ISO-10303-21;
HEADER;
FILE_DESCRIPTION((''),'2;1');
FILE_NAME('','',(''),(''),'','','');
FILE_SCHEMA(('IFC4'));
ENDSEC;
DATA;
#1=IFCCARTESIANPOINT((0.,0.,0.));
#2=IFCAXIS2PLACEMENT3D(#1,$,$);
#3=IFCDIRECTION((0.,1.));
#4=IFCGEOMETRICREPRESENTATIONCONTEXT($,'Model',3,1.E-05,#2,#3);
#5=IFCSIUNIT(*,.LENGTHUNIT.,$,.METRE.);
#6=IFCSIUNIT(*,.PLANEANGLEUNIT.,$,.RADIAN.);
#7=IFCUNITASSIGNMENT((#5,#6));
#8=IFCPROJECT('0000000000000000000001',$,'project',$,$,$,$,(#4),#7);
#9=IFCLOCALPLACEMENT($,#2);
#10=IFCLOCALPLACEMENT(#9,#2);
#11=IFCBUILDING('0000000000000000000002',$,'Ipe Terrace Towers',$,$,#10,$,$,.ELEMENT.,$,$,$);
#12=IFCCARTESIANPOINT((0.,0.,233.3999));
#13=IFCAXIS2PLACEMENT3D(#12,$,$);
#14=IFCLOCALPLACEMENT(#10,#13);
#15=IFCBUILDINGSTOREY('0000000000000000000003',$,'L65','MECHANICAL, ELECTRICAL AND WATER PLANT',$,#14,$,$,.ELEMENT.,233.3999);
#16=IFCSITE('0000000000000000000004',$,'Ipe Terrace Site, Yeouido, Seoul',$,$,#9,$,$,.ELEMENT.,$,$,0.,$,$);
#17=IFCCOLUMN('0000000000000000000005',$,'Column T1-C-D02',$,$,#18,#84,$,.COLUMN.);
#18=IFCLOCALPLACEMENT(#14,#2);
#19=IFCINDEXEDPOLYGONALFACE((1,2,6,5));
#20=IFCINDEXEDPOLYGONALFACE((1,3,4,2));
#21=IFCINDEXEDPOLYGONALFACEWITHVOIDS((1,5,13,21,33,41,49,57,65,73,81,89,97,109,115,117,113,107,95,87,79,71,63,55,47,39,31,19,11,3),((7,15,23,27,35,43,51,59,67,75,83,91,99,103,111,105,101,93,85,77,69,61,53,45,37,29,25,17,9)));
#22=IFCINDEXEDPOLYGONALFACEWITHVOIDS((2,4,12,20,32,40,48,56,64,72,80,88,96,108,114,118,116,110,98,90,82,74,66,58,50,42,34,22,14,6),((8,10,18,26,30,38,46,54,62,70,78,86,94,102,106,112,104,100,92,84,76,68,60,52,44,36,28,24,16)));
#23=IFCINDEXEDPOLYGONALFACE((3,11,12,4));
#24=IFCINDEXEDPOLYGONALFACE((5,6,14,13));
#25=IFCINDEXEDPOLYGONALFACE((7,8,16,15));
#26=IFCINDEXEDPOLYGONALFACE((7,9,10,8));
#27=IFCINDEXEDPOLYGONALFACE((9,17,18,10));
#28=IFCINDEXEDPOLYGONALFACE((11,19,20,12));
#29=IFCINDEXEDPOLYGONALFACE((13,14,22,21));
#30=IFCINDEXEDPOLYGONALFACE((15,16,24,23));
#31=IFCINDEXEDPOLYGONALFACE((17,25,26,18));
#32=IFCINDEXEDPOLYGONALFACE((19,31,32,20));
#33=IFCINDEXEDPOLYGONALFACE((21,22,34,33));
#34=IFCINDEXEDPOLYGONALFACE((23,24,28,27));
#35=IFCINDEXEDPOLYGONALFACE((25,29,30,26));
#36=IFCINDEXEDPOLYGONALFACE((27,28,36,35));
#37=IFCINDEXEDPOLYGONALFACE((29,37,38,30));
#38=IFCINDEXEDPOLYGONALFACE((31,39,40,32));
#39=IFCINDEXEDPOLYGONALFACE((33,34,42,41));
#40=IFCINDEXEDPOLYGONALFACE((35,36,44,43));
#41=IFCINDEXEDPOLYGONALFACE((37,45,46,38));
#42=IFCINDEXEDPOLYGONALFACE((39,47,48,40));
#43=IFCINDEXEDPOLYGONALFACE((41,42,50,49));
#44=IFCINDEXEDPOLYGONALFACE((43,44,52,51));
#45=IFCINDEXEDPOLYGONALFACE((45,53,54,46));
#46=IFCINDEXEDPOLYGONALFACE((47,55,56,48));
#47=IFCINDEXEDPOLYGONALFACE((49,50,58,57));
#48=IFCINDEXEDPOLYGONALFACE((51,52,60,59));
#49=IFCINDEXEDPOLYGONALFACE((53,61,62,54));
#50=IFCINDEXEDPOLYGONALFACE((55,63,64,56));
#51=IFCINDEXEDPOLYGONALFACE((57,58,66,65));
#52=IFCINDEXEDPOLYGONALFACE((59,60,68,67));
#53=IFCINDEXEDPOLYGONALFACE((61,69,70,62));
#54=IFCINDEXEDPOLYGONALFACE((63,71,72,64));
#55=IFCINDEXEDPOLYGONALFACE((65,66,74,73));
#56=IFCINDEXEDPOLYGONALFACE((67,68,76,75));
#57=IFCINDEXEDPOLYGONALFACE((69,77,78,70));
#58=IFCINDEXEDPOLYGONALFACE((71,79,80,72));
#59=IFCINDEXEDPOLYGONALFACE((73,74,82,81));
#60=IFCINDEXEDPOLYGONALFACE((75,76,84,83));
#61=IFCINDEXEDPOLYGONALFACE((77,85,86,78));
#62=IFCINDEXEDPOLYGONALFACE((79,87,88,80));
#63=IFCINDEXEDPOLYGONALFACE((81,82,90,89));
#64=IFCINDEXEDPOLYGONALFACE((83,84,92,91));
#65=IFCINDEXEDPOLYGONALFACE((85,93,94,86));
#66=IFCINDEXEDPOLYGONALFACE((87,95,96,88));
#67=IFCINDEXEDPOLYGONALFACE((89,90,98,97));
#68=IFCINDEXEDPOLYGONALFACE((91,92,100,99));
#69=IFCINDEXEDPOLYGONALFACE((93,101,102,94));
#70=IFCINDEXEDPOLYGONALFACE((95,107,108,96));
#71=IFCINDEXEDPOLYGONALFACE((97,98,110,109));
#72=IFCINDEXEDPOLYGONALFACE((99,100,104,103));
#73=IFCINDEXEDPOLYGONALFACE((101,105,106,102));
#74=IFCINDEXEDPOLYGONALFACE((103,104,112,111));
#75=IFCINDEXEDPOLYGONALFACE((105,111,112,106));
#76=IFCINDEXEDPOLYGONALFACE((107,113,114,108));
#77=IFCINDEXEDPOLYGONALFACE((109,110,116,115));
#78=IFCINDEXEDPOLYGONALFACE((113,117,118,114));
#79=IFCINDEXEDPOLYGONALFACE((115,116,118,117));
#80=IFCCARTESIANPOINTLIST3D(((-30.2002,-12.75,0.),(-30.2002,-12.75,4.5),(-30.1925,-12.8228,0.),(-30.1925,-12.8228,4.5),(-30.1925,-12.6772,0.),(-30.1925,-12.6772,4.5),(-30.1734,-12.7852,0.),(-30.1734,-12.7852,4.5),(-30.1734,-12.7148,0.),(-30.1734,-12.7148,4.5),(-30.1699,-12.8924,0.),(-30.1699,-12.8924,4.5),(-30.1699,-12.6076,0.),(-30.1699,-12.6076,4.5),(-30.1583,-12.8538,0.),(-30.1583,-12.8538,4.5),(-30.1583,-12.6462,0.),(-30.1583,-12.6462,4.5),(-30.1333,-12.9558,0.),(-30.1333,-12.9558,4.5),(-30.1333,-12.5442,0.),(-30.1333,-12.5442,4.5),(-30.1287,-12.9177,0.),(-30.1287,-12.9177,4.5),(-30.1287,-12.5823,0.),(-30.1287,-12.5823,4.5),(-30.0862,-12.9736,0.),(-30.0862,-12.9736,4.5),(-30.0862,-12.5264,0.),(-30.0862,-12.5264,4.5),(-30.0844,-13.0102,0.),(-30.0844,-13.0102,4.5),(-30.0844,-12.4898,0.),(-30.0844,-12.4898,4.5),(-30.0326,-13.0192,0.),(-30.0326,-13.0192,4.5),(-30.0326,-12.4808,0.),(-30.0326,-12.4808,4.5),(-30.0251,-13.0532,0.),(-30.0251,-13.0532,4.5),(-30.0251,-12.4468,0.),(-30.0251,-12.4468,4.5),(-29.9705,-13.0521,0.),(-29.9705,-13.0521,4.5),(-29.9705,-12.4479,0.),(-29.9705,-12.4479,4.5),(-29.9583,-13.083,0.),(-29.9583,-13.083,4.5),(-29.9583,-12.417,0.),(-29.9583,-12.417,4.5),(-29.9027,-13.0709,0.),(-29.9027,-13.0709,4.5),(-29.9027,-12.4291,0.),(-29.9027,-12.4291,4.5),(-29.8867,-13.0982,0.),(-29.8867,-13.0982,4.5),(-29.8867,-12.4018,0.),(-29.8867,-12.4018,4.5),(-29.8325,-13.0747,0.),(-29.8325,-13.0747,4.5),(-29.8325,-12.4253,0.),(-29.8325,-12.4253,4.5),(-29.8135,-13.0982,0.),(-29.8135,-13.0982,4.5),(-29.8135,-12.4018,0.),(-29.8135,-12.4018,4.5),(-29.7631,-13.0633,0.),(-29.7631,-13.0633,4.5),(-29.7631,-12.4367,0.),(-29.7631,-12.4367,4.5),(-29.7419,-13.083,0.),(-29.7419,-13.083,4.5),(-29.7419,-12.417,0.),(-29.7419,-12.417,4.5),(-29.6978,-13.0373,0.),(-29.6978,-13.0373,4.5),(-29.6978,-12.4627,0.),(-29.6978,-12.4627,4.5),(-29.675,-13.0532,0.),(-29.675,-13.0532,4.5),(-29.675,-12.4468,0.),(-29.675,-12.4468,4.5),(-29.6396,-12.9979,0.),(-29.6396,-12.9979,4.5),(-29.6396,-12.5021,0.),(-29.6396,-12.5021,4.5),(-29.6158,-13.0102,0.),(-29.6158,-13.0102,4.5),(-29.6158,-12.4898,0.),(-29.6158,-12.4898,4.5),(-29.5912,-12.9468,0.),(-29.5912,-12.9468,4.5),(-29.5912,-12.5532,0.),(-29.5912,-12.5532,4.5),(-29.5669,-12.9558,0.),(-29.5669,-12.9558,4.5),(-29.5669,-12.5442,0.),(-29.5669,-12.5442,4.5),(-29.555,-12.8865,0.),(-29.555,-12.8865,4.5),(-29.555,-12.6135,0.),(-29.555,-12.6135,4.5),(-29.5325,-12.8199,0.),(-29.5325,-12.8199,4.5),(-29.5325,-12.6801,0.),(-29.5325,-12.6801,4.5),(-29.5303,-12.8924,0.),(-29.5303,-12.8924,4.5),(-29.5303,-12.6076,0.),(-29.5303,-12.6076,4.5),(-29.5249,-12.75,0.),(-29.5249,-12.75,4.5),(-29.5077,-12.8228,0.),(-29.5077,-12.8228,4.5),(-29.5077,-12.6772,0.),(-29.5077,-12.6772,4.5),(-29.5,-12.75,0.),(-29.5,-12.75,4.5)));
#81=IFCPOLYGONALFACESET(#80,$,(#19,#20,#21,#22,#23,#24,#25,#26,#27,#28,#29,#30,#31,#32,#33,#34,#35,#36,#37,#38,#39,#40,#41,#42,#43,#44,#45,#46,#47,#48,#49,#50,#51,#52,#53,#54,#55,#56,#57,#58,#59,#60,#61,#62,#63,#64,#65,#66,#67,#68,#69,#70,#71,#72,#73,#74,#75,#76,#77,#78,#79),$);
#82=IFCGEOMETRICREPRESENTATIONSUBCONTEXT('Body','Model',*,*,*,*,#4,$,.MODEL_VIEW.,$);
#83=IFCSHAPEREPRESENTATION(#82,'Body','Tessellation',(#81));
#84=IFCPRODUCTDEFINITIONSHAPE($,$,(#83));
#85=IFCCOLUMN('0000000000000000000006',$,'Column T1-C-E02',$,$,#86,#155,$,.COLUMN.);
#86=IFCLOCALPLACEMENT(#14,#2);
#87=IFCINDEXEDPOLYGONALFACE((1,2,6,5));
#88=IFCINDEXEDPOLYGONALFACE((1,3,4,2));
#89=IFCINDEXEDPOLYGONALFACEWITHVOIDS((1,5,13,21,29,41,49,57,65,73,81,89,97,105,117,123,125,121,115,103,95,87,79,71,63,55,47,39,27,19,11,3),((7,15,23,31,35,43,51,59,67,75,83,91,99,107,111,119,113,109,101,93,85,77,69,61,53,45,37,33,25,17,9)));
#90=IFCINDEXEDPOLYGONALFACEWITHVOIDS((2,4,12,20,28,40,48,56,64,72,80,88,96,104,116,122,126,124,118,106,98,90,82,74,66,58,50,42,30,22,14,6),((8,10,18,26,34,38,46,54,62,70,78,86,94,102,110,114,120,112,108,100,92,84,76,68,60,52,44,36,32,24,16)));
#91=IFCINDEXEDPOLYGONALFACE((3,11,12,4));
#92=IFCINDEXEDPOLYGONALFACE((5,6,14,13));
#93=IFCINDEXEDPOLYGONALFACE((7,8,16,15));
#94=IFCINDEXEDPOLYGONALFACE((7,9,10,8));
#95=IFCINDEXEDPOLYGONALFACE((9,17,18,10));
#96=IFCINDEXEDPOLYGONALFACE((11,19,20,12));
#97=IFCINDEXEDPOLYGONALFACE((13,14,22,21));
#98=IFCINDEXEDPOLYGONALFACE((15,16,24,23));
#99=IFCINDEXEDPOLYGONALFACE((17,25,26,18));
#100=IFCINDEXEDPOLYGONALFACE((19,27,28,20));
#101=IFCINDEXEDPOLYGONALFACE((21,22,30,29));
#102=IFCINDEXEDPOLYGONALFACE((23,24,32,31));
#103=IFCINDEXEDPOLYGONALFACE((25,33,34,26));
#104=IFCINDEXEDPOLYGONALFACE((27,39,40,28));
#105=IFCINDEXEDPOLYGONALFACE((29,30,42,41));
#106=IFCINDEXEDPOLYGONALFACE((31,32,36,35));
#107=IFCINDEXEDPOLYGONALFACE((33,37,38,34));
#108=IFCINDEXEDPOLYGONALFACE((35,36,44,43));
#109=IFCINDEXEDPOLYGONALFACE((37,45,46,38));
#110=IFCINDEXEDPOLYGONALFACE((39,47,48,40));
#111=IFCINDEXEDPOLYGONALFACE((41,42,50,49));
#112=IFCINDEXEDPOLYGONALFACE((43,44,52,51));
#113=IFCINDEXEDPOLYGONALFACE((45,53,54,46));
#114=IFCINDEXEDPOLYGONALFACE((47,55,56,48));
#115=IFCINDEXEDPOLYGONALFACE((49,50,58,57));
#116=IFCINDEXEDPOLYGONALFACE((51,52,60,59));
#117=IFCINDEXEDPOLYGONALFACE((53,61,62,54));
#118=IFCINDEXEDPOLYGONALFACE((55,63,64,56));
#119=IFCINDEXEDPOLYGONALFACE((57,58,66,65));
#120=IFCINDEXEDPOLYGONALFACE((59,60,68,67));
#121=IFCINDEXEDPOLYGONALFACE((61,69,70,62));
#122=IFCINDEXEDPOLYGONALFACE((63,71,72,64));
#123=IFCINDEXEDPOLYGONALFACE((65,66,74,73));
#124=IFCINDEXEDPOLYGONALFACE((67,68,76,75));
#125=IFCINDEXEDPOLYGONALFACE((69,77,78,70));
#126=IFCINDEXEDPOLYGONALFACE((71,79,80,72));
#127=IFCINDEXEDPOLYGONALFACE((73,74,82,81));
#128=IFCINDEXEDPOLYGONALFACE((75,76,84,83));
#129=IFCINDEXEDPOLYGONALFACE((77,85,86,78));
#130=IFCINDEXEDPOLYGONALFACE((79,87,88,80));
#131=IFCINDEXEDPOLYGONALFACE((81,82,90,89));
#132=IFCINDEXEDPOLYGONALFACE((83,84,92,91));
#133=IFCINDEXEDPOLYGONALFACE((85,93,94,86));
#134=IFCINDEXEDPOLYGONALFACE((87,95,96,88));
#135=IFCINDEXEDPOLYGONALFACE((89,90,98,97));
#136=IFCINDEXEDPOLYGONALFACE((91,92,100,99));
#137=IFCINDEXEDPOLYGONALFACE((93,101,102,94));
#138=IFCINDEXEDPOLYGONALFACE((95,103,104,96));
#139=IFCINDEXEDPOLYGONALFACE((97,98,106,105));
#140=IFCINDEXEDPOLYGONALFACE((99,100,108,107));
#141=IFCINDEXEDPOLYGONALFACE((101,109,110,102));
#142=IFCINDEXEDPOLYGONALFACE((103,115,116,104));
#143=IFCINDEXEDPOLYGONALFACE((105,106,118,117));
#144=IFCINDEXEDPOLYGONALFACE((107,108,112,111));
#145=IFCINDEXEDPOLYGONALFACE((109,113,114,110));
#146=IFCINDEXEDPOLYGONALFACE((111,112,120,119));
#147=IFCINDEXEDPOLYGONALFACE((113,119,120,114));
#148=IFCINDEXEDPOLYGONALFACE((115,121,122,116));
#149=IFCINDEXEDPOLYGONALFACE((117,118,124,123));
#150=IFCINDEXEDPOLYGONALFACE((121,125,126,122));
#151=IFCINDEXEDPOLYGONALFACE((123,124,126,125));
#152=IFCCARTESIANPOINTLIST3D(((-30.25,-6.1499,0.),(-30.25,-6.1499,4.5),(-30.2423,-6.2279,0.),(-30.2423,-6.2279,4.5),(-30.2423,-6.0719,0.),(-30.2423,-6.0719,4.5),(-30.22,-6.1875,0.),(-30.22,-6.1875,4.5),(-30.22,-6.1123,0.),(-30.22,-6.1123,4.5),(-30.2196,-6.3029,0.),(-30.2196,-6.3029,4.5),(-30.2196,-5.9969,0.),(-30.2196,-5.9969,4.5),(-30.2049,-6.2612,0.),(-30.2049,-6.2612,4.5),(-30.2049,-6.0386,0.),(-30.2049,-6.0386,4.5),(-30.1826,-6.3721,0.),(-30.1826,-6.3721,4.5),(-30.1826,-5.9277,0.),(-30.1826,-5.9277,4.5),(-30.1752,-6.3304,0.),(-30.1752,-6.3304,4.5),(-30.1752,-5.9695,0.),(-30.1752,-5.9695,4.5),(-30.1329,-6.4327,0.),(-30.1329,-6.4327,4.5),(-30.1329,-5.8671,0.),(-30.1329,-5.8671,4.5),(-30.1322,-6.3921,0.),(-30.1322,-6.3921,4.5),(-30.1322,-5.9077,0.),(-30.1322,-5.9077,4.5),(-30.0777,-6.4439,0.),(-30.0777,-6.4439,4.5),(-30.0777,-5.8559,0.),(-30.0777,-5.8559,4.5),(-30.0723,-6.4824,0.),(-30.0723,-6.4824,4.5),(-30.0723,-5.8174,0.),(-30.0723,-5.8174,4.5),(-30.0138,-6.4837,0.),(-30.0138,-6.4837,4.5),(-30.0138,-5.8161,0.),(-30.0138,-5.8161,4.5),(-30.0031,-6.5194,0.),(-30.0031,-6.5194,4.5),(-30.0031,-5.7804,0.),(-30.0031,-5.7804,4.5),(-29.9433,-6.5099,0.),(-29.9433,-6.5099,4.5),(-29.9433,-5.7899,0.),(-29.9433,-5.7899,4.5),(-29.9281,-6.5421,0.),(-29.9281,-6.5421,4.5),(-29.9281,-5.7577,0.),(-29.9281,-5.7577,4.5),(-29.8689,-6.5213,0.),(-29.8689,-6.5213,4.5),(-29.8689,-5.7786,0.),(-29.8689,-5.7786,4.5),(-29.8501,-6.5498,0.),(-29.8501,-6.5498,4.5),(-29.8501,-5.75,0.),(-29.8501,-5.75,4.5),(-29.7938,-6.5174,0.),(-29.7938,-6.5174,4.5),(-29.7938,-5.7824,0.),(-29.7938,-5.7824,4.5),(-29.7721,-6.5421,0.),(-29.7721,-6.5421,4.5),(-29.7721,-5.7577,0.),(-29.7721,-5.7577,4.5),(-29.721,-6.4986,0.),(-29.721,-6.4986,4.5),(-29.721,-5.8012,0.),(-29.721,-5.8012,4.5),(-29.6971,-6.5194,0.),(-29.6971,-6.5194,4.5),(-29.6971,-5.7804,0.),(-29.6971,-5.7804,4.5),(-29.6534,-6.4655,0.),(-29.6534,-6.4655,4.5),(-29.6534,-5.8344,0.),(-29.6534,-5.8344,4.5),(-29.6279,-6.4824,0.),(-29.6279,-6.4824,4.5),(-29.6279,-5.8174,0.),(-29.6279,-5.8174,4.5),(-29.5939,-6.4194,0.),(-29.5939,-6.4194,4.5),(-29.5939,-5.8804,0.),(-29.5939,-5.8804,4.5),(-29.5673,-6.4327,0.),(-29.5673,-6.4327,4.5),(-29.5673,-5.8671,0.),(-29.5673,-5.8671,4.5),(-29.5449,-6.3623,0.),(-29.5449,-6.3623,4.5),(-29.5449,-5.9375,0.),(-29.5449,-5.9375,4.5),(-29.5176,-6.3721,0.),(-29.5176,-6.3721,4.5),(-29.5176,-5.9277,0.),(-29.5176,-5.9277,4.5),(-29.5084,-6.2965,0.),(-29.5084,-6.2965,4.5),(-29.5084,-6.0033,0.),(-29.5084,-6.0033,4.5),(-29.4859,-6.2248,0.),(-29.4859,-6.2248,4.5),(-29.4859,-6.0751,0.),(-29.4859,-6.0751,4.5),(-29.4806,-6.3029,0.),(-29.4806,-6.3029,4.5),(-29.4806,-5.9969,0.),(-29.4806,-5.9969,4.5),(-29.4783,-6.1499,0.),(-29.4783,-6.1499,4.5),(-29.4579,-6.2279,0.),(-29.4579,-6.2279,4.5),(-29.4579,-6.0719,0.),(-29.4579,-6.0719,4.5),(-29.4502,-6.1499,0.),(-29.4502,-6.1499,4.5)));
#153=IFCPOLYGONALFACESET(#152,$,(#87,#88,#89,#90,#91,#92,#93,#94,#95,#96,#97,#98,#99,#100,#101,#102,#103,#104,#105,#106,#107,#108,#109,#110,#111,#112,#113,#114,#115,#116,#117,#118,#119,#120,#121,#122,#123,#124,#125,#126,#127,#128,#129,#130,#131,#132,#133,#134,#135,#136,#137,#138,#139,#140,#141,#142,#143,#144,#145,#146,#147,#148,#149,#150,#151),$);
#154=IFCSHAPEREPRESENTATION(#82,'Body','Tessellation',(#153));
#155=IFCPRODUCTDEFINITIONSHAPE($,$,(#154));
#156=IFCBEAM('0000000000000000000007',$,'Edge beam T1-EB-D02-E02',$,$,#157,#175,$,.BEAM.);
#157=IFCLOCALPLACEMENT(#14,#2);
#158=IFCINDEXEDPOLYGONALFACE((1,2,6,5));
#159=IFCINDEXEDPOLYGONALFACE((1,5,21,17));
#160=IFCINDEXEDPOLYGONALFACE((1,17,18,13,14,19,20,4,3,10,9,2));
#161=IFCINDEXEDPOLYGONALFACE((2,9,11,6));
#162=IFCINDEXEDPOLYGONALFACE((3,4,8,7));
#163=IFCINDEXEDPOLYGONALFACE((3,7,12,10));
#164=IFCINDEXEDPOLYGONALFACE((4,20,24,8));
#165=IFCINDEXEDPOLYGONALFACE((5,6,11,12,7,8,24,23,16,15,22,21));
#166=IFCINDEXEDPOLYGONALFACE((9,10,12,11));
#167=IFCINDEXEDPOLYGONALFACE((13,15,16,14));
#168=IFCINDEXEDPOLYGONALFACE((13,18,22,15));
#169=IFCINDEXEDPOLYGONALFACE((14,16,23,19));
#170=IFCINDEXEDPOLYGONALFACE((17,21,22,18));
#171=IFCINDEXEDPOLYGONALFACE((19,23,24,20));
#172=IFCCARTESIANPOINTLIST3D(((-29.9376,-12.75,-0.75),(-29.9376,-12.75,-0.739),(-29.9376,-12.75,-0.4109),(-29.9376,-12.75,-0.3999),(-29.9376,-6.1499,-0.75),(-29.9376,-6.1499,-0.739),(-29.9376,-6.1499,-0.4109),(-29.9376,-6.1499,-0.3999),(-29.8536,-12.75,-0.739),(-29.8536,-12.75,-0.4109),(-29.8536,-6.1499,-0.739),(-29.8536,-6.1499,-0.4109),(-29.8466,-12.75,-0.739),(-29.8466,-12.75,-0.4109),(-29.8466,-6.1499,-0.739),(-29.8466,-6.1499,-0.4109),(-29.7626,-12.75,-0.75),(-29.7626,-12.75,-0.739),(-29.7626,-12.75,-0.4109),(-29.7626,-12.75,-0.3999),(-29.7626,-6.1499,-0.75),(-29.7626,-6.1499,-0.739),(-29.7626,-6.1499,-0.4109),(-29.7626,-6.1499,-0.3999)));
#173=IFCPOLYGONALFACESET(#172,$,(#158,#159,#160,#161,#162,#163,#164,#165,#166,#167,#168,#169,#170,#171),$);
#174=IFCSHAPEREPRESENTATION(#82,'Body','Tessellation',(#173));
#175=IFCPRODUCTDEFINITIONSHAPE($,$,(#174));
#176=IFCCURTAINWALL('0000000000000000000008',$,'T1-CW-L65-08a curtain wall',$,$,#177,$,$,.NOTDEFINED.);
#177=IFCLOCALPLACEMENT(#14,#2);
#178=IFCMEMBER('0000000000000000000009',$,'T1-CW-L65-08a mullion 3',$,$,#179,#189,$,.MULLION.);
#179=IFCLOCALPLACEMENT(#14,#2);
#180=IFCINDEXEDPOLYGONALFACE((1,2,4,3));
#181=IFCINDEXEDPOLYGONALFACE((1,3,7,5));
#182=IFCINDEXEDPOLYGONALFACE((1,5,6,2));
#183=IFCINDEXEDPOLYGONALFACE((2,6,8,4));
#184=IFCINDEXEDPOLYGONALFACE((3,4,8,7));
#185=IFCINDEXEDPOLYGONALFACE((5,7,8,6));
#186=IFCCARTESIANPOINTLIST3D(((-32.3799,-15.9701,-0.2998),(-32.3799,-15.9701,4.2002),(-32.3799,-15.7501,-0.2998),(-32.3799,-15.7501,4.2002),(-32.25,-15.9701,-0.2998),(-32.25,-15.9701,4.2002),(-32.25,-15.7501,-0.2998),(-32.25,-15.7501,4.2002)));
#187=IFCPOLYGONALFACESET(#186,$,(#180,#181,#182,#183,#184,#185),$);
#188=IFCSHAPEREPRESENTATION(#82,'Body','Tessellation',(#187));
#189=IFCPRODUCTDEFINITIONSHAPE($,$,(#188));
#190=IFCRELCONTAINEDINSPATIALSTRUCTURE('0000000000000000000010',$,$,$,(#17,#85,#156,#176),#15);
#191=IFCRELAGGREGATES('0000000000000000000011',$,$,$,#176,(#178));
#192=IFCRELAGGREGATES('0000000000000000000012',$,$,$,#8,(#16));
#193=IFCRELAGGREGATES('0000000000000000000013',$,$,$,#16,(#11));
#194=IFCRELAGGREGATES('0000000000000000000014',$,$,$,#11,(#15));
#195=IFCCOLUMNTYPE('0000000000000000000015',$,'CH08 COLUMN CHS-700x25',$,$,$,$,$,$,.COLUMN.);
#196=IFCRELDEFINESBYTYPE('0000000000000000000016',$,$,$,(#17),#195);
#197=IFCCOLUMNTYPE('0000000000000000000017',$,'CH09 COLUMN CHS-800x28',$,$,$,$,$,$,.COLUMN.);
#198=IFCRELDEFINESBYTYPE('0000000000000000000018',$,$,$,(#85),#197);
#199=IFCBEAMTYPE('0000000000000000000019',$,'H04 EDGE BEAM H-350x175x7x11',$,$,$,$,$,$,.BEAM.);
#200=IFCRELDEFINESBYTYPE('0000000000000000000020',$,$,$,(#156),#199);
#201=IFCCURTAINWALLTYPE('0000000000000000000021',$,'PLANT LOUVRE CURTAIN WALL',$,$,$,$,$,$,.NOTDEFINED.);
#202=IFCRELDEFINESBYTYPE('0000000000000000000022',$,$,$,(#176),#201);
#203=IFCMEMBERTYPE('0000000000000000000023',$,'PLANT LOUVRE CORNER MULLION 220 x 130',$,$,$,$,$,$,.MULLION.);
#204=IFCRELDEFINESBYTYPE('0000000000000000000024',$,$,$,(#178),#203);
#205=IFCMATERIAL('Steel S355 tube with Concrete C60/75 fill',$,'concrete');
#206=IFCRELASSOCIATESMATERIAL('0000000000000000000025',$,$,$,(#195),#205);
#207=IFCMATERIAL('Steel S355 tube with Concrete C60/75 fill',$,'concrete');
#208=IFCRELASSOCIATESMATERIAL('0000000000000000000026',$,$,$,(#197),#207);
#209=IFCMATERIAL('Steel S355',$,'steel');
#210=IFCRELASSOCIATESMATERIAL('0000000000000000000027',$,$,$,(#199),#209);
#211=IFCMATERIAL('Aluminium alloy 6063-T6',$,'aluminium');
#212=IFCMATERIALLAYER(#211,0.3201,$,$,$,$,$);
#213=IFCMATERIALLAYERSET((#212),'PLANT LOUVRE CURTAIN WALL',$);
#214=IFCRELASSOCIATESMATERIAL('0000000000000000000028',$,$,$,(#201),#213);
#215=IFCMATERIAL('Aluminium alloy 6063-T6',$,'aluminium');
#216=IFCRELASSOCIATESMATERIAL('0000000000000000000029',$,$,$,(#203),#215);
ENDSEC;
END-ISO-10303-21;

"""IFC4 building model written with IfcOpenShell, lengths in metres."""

from ifc_helpers import new_model, si_unit, direction, frame, origin, origin_2d, place, context, subcontext, project, spatial, rectangle, hollow_circle, i_section, extrude, material, layer, layer_set, material_profile, profile_set, type_object, element, aggregate, save


model = new_model("IFC4")

# Units and contexts
model_context = context("Model", 3, precision=1e-05, world=origin(), true_north=direction((0.0, 1.0)))
body_context = subcontext(model_context, "Body", "Model", "MODEL_VIEW")
ifc_project = project(units=[si_unit("LENGTHUNIT", "METRE"), si_unit("PLANEANGLEUNIT", "RADIAN")], contexts=[model_context])

# Site, building, storey
site_placement = place(None, origin())
site = spatial("IfcSite", under=ifc_project, at=site_placement, Name="Ipe Terrace Site, Yeouido, Seoul", CompositionType="ELEMENT", RefElevation=0.0)
building_placement = place(site_placement, origin())
building = spatial("IfcBuilding", under=site, at=building_placement, Name="Ipe Terrace Towers", CompositionType="ELEMENT")
storey_placement = place(building_placement, frame((0.0, 0.0, 233.3999)))
storey = spatial("IfcBuildingStorey", under=building, at=storey_placement, Name="L65", Description="MECHANICAL, ELECTRICAL AND WATER PLANT", CompositionType="ELEMENT", Elevation=233.3999)

# Columns
ifc_material_1 = material(Name="Steel S355 tube with Concrete C60/75 fill", Category="concrete")
ifc_material_profile_1 = material_profile(ifc_material_1, hollow_circle(Radius=0.3501, WallThickness=0.0249, at=origin_2d()), Name="CHS-700x25")
ifc_profile_set_1 = profile_set([ifc_material_profile_1], Name="Steel S355 tube with Concrete C60/75 fill")
column_type_1 = type_object("IfcColumnType", Name="CH08 COLUMN CHS-700x25", PredefinedType="COLUMN", material=ifc_profile_set_1)
column_1_placement = place(storey_placement, frame((-29.8501, -12.75, 0.0), z_axis=(0.0, 0.0, 1.0), x_axis=(1.0, 0.0, 0.0)))
element("IfcColumn", 1, at=column_1_placement, inside=storey, type_object=column_type_1, Name="Column T1-C-D02", PredefinedType="COLUMN", context=body_context, shape_type="SweptSolid", body=[
    extrude(hollow_circle(Radius=0.3501, WallThickness=0.0249, at=origin_2d()), origin(), (0.0, 0.0, 1.0), 4.5),
])
ifc_material_2 = material(Name="Steel S355 tube with Concrete C60/75 fill", Category="concrete")
ifc_material_profile_2 = material_profile(ifc_material_2, hollow_circle(Radius=0.3999, WallThickness=0.0281, at=origin_2d()), Name="CHS-800x28")
ifc_profile_set_2 = profile_set([ifc_material_profile_2], Name="Steel S355 tube with Concrete C60/75 fill")
column_type_2 = type_object("IfcColumnType", Name="CH09 COLUMN CHS-800x28", PredefinedType="COLUMN", material=ifc_profile_set_2)
column_2_placement = place(storey_placement, frame((-29.8501, -6.1499, 0.0), z_axis=(0.0, 0.0, 1.0), x_axis=(1.0, 0.0, 0.0)))
element("IfcColumn", 2, at=column_2_placement, inside=storey, type_object=column_type_2, Name="Column T1-C-E02", PredefinedType="COLUMN", context=body_context, shape_type="SweptSolid", body=[
    extrude(hollow_circle(Radius=0.3999, WallThickness=0.0281, at=origin_2d()), origin(), (0.0, 0.0, 1.0), 4.5),
])

# Beam
ifc_material_3 = material(Name="Steel S355", Category="steel")
ifc_material_profile_3 = material_profile(ifc_material_3, i_section(OverallWidth=0.175, OverallDepth=0.3501, WebThickness=0.0071, FlangeThickness=0.011, at=origin_2d()), Name="H-350x175x7x11")
ifc_profile_set_3 = profile_set([ifc_material_profile_3], Name="Steel S355")
beam_type = type_object("IfcBeamType", Name="H04 EDGE BEAM H-350x175x7x11", PredefinedType="BEAM", material=ifc_profile_set_3)
beam_placement = place(storey_placement, frame((-29.8501, -12.75, -0.575), z_axis=(0.0, 1.0, 0.0), x_axis=(-1.0, 0.0, 0.0)))
element("IfcBeam", 3, at=beam_placement, inside=storey, type_object=beam_type, Name="Edge beam T1-EB-D02-E02", PredefinedType="BEAM", context=body_context, shape_type="SweptSolid", body=[
    extrude(i_section(OverallWidth=0.175, OverallDepth=0.3501, WebThickness=0.0071, FlangeThickness=0.011, at=origin_2d()), origin(), (0.0, 0.0, 1.0), 6.6001),
])

# Curtain wall, member
ifc_material_4 = material(Name="Aluminium alloy 6063-T6", Category="aluminium")
ifc_layer_1 = layer(ifc_material_4, 0.3201)
ifc_layer_set_1 = layer_set([ifc_layer_1], Name="PLANT LOUVRE CURTAIN WALL")
curtain_wall_type = type_object("IfcCurtainWallType", Name="PLANT LOUVRE CURTAIN WALL", PredefinedType="NOTDEFINED", material=ifc_layer_set_1)
curtain_wall_1_placement = place(storey_placement, origin())
curtain_wall_1 = element("IfcCurtainWall", 4, at=curtain_wall_1_placement, inside=storey, type_object=curtain_wall_type, Name="T1-CW-L65-08a curtain wall", PredefinedType="NOTDEFINED")
ifc_material_5 = material(Name="Aluminium alloy 6063-T6", Category="aluminium")
ifc_material_profile_4 = material_profile(ifc_material_5, rectangle(XDim=0.22, YDim=0.1299, at=origin_2d()), Name="PLANT LOUVRE CORNER MULLION 220 x 130")
ifc_profile_set_4 = profile_set([ifc_material_profile_4], Name="Aluminium alloy 6063-T6")
member_type_1 = type_object("IfcMemberType", Name="PLANT LOUVRE CORNER MULLION 220 x 130", PredefinedType="MULLION", material=ifc_profile_set_4)
member_1_placement = place(storey_placement, frame((-32.3149, -15.8601, -0.2998), z_axis=(0.0, 0.0, 1.0), x_axis=(0.0, -1.0, 0.0)))
member_1 = element("IfcMember", 5, at=member_1_placement, type_object=member_type_1, Name="T1-CW-L65-08a mullion 3", PredefinedType="MULLION", context=body_context, shape_type="SweptSolid", body=[
    extrude(rectangle(XDim=0.22, YDim=0.1299, at=origin_2d()), origin(), (0.0, 0.0, 1.0), 4.5),
])

aggregate(curtain_wall_1, [member_1])

save(model, "model.ifc")
